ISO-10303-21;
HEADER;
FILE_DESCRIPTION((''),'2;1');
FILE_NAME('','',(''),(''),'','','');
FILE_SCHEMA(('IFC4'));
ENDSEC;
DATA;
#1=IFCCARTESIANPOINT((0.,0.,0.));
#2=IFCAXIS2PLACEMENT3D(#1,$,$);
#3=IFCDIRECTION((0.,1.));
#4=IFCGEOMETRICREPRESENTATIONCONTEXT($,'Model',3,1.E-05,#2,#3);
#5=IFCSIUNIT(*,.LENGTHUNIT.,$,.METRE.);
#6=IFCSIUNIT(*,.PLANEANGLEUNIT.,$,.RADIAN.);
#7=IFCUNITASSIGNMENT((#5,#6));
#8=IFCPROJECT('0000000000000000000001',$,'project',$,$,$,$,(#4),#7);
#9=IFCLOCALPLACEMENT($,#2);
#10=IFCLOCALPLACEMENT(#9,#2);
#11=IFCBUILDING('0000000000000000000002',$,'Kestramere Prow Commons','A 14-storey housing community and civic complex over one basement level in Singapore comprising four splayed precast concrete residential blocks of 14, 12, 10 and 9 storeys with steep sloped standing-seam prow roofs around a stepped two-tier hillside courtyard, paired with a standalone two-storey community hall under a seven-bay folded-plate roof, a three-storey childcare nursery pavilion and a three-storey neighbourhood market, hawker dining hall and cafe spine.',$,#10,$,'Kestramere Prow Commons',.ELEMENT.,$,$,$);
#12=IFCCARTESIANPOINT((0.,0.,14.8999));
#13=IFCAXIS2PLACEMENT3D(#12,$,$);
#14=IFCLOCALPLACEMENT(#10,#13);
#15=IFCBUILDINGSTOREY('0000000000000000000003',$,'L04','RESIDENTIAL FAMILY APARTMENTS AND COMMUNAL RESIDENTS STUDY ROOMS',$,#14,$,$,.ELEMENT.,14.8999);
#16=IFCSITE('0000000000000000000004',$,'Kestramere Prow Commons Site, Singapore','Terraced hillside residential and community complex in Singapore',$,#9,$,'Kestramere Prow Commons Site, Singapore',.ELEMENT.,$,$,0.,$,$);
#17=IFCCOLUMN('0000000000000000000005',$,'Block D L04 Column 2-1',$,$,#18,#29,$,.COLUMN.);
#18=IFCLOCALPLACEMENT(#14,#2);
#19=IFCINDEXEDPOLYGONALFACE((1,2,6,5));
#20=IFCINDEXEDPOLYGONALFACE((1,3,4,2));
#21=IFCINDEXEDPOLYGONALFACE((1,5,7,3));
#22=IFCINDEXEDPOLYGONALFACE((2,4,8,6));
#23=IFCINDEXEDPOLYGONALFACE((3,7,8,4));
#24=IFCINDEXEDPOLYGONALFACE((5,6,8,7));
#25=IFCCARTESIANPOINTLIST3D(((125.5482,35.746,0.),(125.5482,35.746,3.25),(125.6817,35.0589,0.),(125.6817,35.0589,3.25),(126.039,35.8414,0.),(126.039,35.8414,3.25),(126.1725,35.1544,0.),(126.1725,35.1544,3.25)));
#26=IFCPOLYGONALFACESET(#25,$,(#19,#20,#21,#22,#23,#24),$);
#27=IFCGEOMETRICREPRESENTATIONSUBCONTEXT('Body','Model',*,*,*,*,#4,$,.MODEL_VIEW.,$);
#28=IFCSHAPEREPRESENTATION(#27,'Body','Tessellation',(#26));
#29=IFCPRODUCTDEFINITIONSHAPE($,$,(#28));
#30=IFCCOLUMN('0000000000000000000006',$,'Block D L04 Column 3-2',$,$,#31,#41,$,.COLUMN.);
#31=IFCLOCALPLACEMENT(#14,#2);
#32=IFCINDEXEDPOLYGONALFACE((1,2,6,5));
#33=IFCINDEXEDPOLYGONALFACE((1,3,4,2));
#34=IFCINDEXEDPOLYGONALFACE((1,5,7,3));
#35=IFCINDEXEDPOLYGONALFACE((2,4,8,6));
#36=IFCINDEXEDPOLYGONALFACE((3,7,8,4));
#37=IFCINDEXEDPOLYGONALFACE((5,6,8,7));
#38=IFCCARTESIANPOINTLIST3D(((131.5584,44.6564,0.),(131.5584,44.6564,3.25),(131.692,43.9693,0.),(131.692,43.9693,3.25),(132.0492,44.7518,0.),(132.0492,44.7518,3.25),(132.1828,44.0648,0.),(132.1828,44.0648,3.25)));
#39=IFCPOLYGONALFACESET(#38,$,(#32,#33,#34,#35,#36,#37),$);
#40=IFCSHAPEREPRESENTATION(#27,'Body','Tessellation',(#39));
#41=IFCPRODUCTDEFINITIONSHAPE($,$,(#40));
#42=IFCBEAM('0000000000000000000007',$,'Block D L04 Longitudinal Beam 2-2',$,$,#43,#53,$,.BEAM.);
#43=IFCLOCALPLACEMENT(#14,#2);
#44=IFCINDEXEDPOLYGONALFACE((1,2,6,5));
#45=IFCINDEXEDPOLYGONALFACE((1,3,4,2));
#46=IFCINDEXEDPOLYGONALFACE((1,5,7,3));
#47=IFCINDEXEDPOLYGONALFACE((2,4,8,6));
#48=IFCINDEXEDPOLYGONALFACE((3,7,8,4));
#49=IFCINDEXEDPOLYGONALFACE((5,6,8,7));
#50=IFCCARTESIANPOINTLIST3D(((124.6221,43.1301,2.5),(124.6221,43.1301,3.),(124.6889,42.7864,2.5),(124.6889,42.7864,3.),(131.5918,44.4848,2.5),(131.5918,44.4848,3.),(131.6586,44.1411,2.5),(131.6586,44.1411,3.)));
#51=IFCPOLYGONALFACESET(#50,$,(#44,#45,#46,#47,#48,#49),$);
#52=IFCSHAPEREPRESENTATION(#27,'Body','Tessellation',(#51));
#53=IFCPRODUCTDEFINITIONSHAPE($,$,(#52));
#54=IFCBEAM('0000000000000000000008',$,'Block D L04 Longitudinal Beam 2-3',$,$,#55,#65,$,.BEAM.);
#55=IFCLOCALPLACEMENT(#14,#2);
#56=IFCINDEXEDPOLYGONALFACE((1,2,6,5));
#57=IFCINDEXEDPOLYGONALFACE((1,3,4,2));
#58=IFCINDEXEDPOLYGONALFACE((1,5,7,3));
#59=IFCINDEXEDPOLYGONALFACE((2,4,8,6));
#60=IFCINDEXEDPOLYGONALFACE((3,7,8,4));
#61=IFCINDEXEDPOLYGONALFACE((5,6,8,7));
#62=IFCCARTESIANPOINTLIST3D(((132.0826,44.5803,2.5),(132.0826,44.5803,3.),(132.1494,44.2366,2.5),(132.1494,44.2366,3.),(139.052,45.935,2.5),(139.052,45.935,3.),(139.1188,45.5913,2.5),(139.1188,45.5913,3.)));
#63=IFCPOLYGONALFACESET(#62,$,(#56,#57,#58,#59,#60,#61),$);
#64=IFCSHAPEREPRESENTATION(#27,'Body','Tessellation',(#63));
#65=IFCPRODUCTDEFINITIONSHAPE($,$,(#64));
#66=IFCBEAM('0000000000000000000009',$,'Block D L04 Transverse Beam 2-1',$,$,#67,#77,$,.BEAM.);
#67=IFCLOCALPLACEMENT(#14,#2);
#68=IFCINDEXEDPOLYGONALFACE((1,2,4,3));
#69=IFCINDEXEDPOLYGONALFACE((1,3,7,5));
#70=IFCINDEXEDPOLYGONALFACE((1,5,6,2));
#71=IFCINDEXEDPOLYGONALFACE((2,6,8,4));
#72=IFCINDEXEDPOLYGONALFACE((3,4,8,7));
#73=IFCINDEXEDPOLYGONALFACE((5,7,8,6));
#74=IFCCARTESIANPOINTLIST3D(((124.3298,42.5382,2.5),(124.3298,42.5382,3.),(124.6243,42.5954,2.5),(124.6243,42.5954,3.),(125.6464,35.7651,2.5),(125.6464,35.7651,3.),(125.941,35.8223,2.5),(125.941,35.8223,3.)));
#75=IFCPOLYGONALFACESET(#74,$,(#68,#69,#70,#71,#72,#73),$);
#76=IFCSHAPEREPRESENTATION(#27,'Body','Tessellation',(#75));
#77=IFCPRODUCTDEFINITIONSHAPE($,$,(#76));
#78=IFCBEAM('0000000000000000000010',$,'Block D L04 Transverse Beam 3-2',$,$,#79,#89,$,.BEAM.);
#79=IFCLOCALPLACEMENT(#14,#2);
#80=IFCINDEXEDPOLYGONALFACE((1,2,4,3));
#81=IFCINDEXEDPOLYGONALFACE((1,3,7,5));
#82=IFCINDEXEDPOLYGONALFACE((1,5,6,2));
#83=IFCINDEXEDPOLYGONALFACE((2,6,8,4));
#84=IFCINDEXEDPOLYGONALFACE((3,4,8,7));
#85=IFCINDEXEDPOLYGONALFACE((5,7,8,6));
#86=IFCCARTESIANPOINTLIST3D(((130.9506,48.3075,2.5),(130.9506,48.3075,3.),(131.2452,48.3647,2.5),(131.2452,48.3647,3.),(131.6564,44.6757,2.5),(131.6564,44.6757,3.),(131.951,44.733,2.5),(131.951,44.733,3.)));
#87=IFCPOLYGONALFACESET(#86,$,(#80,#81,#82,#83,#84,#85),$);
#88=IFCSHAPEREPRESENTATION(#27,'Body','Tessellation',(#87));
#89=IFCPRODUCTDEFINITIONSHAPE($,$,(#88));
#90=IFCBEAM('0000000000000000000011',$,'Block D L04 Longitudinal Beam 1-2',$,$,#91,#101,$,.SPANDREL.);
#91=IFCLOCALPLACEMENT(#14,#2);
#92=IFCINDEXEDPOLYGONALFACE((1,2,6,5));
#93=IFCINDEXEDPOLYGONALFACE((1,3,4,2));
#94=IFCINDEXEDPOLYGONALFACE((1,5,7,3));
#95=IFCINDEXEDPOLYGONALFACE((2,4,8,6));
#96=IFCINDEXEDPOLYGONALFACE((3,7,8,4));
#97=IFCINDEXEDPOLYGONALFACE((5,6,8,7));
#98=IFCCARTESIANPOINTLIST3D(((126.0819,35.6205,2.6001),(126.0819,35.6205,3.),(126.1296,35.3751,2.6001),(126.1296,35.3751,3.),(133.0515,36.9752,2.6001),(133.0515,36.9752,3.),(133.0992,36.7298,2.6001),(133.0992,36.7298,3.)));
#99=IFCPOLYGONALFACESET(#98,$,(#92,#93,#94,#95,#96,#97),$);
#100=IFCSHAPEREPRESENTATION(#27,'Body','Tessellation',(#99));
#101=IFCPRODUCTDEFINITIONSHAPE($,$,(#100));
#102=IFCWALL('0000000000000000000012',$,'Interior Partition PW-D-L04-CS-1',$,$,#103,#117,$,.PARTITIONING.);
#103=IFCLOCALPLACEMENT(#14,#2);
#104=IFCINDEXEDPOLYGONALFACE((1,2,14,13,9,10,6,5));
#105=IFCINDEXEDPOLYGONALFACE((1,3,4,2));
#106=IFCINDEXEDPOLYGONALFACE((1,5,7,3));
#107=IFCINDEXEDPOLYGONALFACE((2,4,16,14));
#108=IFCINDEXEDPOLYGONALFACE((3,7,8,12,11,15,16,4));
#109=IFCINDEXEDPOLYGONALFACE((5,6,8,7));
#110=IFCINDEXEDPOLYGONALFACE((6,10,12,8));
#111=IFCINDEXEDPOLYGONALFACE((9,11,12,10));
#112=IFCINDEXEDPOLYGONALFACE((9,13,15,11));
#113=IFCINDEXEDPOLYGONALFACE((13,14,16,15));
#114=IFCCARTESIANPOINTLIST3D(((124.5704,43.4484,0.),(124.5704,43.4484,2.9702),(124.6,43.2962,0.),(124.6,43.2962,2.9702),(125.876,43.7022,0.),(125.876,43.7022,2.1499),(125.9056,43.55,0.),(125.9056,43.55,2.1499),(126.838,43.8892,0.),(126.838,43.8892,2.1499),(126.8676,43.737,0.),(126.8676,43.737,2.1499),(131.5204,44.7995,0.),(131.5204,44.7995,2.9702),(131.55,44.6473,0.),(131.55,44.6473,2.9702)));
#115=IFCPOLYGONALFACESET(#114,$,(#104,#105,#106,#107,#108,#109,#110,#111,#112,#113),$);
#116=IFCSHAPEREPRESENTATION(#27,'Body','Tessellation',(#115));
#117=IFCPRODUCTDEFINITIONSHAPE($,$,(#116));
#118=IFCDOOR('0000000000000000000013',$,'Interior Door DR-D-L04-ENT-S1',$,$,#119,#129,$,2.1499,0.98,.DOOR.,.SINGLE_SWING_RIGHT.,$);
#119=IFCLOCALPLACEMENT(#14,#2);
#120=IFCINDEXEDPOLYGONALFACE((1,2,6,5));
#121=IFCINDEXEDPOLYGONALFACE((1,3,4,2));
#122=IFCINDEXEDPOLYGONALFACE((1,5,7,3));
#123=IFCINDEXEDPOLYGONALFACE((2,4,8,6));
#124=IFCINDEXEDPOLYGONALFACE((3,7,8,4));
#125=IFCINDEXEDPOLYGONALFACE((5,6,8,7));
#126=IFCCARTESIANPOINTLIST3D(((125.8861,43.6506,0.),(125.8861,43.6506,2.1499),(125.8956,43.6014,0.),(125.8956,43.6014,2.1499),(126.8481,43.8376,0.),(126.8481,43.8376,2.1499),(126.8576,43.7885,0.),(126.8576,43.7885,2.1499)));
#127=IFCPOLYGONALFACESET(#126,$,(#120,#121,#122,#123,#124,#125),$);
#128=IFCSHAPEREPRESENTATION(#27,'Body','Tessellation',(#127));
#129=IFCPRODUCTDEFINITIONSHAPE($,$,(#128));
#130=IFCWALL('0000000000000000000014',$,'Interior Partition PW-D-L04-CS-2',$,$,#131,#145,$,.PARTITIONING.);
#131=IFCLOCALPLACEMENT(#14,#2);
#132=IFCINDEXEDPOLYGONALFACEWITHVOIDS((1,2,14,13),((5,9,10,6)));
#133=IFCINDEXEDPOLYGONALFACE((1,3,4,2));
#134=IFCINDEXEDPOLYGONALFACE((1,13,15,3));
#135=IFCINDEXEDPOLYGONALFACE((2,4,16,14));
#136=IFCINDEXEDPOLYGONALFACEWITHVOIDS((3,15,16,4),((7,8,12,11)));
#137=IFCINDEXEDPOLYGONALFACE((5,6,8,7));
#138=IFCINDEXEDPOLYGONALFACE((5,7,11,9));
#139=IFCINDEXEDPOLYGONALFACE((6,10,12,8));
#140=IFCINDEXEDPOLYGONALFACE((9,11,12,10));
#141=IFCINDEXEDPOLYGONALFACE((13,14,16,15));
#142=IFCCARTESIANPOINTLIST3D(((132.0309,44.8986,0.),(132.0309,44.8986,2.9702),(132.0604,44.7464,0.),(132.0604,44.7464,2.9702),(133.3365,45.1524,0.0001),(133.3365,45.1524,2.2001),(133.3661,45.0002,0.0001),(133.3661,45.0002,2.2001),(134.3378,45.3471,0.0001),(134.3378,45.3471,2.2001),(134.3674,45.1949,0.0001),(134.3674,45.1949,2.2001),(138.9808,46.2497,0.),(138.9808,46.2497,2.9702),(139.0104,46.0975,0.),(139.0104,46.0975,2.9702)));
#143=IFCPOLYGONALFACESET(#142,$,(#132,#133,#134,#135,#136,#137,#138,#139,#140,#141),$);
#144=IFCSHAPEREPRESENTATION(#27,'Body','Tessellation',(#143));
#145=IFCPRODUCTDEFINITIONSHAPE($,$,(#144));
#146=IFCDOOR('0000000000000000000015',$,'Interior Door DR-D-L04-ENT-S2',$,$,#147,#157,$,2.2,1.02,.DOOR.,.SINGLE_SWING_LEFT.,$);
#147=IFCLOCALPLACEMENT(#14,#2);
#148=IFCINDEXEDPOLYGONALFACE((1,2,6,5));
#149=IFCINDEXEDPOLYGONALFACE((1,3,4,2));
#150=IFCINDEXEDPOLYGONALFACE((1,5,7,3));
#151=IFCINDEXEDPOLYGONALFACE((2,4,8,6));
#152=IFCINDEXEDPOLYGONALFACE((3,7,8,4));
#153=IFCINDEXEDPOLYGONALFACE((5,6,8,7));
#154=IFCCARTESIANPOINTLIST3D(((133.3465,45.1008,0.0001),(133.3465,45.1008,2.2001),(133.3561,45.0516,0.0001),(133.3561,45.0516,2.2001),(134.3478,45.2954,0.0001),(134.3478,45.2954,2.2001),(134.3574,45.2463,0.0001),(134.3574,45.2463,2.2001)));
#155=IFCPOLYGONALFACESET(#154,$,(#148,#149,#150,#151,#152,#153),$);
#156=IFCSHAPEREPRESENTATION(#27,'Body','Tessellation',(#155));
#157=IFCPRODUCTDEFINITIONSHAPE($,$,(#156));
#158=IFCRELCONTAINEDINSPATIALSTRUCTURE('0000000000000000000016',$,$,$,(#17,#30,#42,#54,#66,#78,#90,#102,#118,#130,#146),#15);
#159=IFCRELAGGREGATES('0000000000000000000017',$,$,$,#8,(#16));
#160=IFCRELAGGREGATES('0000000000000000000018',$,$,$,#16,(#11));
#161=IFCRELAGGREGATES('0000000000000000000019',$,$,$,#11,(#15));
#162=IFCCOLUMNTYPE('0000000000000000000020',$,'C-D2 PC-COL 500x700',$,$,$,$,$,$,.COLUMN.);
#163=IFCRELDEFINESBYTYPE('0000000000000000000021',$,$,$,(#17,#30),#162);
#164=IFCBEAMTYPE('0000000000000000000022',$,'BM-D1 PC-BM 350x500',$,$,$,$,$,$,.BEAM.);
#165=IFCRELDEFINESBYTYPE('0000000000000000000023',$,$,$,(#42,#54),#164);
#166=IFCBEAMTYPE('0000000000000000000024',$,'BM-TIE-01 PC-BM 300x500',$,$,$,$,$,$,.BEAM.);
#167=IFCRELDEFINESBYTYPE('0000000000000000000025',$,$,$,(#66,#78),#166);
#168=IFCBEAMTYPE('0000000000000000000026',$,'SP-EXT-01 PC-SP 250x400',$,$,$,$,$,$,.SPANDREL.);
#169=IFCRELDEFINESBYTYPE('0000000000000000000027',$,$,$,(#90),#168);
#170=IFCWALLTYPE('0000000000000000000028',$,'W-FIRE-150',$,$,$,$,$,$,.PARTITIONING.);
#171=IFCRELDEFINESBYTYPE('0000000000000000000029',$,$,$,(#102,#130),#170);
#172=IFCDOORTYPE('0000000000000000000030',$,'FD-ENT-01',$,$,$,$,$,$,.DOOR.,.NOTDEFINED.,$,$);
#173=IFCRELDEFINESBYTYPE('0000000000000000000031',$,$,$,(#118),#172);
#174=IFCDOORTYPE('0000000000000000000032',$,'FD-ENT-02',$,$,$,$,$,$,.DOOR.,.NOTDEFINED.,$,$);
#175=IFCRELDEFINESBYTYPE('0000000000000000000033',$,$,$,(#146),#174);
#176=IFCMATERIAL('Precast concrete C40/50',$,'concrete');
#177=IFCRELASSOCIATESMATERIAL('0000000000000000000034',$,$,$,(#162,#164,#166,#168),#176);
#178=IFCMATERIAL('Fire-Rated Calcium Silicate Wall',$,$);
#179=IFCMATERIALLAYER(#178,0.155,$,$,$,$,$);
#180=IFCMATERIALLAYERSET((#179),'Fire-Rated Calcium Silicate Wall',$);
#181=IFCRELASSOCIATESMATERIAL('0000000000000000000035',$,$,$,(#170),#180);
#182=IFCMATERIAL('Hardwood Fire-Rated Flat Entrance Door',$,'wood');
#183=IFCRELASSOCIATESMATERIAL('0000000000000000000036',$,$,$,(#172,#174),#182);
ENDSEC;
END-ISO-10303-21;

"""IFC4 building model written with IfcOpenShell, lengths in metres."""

from ifc_helpers import new_model, si_unit, direction, frame, frame_2d, origin, origin_2d, place, context, subcontext, project, spatial, rectangle, extrude, material, layer, layer_set, material_profile, profile_set, type_object, element, fill, save


model = new_model("IFC4")

# Units and contexts
model_context = context("Model", 3, precision=1e-05, world=origin(), true_north=direction((0.0, 1.0)))
body_context = subcontext(model_context, "Body", "Model", "MODEL_VIEW")
ifc_project = project(units=[si_unit("LENGTHUNIT", "METRE"), si_unit("PLANEANGLEUNIT", "RADIAN")], contexts=[model_context])

# Site, building, storey
site_placement = place(None, origin())
site = spatial("IfcSite", under=ifc_project, at=site_placement, Name="Kestramere Prow Commons Site, Singapore", Description="Terraced hillside residential and community complex in Singapore", LongName="Kestramere Prow Commons Site, Singapore", CompositionType="ELEMENT", RefElevation=0.0)
building_placement = place(site_placement, origin())
building = spatial("IfcBuilding", under=site, at=building_placement, Name="Kestramere Prow Commons", Description="A 14-storey housing community and civic complex over one basement level in Singapore comprising four splayed precast concrete residential blocks of 14, 12, 10 and 9 storeys with steep sloped standing-seam prow roofs around a stepped two-tier hillside courtyard, paired with a standalone two-storey community hall under a seven-bay folded-plate roof, a three-storey childcare nursery pavilion and a three-storey neighbourhood market, hawker dining hall and cafe spine.", LongName="Kestramere Prow Commons", CompositionType="ELEMENT")
storey_placement = place(building_placement, frame((0.0, 0.0, 14.8999)))
storey = spatial("IfcBuildingStorey", under=building, at=storey_placement, Name="L04", Description="RESIDENTIAL FAMILY APARTMENTS AND COMMUNAL RESIDENTS STUDY ROOMS", CompositionType="ELEMENT", Elevation=14.8999)

# Columns
ifc_material_1 = material(Name="Precast concrete C40/50", Category="concrete")
ifc_material_profile_1 = material_profile(ifc_material_1, rectangle(XDim=0.5, YDim=0.7, at=origin_2d()), Name="PC-COL 500x700")
ifc_profile_set_1 = profile_set([ifc_material_profile_1], Name="Precast concrete C40/50")
column_type = type_object("IfcColumnType", Name="C-D2 PC-COL 500x700", PredefinedType="COLUMN", material=ifc_profile_set_1)
for number, where, z_axis, x_axis, name in (
    (1, (125.8604, 35.4502, 0.0), (0.0, 0.0, 1.0), (0.981627, 0.190809, 0.0), "Block D L04 Column 2-1"),
    (2, (131.8706, 44.3606, 0.0), (0.0, 0.0, 1.0), (0.981627, 0.190809, 0.0), "Block D L04 Column 3-2"),
):
    element("IfcColumn", number, at=place(storey_placement, frame(where, z_axis=z_axis, x_axis=x_axis)), inside=storey, type_object=column_type, Name=name, PredefinedType="COLUMN", context=body_context, shape_type="SweptSolid", body=[
        extrude(rectangle(XDim=0.5, YDim=0.7, at=origin_2d()), origin(), (0.0, 0.0, 1.0), 3.25),
    ])

# Beams
ifc_material_profile_2 = material_profile(ifc_material_1, rectangle(XDim=0.3501, YDim=0.5, at=origin_2d()), Name="PC-BM 350x500")
ifc_profile_set_2 = profile_set([ifc_material_profile_2], Name="Precast concrete C40/50")
beam_type_1 = type_object("IfcBeamType", Name="BM-D1 PC-BM 350x500", PredefinedType="BEAM", material=ifc_profile_set_2)
beam_1_placement = place(storey_placement, frame((124.6555, 42.9583, 2.75), z_axis=(0.981628, 0.190803, 0.0), x_axis=(-0.190803, 0.981628, 0.0)))
element("IfcBeam", 3, at=beam_1_placement, inside=storey, type_object=beam_type_1, Name="Block D L04 Longitudinal Beam 2-2", PredefinedType="BEAM", context=body_context, shape_type="SweptSolid", body=[
    extrude(rectangle(XDim=0.3501, YDim=0.5, at=origin_2d()), origin(), (0.0, 0.0, 1.0), 7.1001),
])
beam_2_placement = place(storey_placement, frame((132.116, 44.4084, 2.75), z_axis=(0.981627, 0.19081, 0.0), x_axis=(-0.19081, 0.981627, 0.0)))
element("IfcBeam", 4, at=beam_2_placement, inside=storey, type_object=beam_type_1, Name="Block D L04 Longitudinal Beam 2-3", PredefinedType="BEAM", context=body_context, shape_type="SweptSolid", body=[
    extrude(rectangle(XDim=0.3501, YDim=0.5, at=origin_2d()), origin(), (0.0, 0.0, 1.0), 7.0999),
])
ifc_material_profile_3 = material_profile(ifc_material_1, rectangle(XDim=0.3, YDim=0.5, at=origin_2d()), Name="PC-BM 300x500")
ifc_profile_set_3 = profile_set([ifc_material_profile_3], Name="Precast concrete C40/50")
beam_type_2 = type_object("IfcBeamType", Name="BM-TIE-01 PC-BM 300x500", PredefinedType="BEAM", material=ifc_profile_set_3)
beam_3_placement = place(storey_placement, frame((125.7937, 35.7937, 2.75), z_axis=(-0.190819, 0.981625, 0.0), x_axis=(-0.981625, -0.190819, 0.0)))
element("IfcBeam", 5, at=beam_3_placement, inside=storey, type_object=beam_type_2, Name="Block D L04 Transverse Beam 2-1", PredefinedType="BEAM", context=body_context, shape_type="SweptSolid", body=[
    extrude(rectangle(XDim=0.3, YDim=0.5, at=origin_2d()), origin(), (0.0, 0.0, 1.0), 6.8999),
])
beam_4_placement = place(storey_placement, frame((131.8037, 44.7043, 2.75), z_axis=(-0.190771, 0.981635, 0.0), x_axis=(-0.981635, -0.190771, 0.0)))
element("IfcBeam", 6, at=beam_4_placement, inside=storey, type_object=beam_type_2, Name="Block D L04 Transverse Beam 3-2", PredefinedType="BEAM", context=body_context, shape_type="SweptSolid", body=[
    extrude(rectangle(XDim=0.3, YDim=0.5, at=origin_2d()), origin(), (0.0, 0.0, 1.0), 3.6997),
])
ifc_material_profile_4 = material_profile(ifc_material_1, rectangle(XDim=0.25, YDim=0.3999, at=origin_2d()), Name="PC-SP 250x400")
ifc_profile_set_4 = profile_set([ifc_material_profile_4], Name="Precast concrete C40/50")
beam_type_3 = type_object("IfcBeamType", Name="SP-EXT-01 PC-SP 250x400", PredefinedType="SPANDREL", material=ifc_profile_set_4)
beam_5_placement = place(storey_placement, frame((126.1057, 35.4978, 2.8), z_axis=(0.981628, 0.190803, 0.0), x_axis=(-0.190803, 0.981628, 0.0)))
element("IfcBeam", 7, at=beam_5_placement, inside=storey, type_object=beam_type_3, Name="Block D L04 Longitudinal Beam 1-2", PredefinedType="SPANDREL", context=body_context, shape_type="SweptSolid", body=[
    extrude(rectangle(XDim=0.25, YDim=0.3999, at=origin_2d()), origin(), (0.0, 0.0, 1.0), 7.1001),
])

# Walls, openings, doors
ifc_material_2 = material(Name="Fire-Rated Calcium Silicate Wall")
ifc_layer_1 = layer(ifc_material_2, 0.155)
ifc_layer_set_1 = layer_set([ifc_layer_1], Name="Fire-Rated Calcium Silicate Wall")
wall_type_1 = type_object("IfcWallType", Name="W-FIRE-150", PredefinedType="PARTITIONING", material=ifc_layer_set_1)
wall_1_placement = place(storey_placement, frame((124.5852, 43.3723, 0.0), z_axis=(0.0, 0.0, 1.0), x_axis=(0.981623, 0.190828, 0.0)))
wall_1 = element("IfcWall", 8, at=wall_1_placement, inside=storey, type_object=wall_type_1, Name="Interior Partition PW-D-L04-CS-1", PredefinedType="PARTITIONING", context=body_context, shape_type="SweptSolid", body=[
    extrude(rectangle(XDim=7.0801, YDim=0.155, at=frame_2d((3.54, 0.0))), origin(), (0.0, 0.0, 1.0), 2.9702),
])
opening_1_placement = place(wall_1_placement, frame((1.3301, 0.0, 0.0)))
opening_1 = element("IfcOpeningElement", 9, at=opening_1_placement, cuts=wall_1, PredefinedType="OPENING", context=body_context, shape_type="SweptSolid", body=[
    extrude(rectangle(XDim=0.98, YDim=2.1499, at=frame_2d((0.49, 1.075))), frame((0.0, 0.0925, 0.0), z_axis=(0.0, -1.0, 0.0), x_axis=(1.0, 0.0, 0.0)), (0.0, 0.0, 1.0), 0.1851),
])
ifc_material_3 = material(Name="Hardwood Fire-Rated Flat Entrance Door", Category="wood")
door_type_1 = type_object("IfcDoorType", Name="FD-ENT-01", OperationType="NOTDEFINED", PredefinedType="DOOR", material=ifc_material_3)
door_1_placement = place(opening_1_placement, origin())
door_1 = element("IfcDoor", 10, at=door_1_placement, inside=storey, type_object=door_type_1, Name="Interior Door DR-D-L04-ENT-S1", OperationType="SINGLE_SWING_RIGHT", OverallHeight=2.1499, OverallWidth=0.98, PredefinedType="DOOR", context=body_context, shape_type="SweptSolid", body=[
    extrude(rectangle(XDim=0.98, YDim=2.1499, at=frame_2d((0.49, 1.075))), frame((0.0, 0.0249, 0.0), z_axis=(0.0, -1.0, 0.0), x_axis=(1.0, 0.0, 0.0)), (0.0, 0.0, 1.0), 0.05),
])
fill(opening_1, door_1)
wall_2_placement = place(storey_placement, frame((132.0457, 44.8225, 0.0), z_axis=(0.0, 0.0, 1.0), x_axis=(0.981623, 0.190828, 0.0)))
wall_2 = element("IfcWall", 11, at=wall_2_placement, inside=storey, type_object=wall_type_1, Name="Interior Partition PW-D-L04-CS-2", PredefinedType="PARTITIONING", context=body_context, shape_type="SweptSolid", body=[
    extrude(rectangle(XDim=7.0801, YDim=0.155, at=frame_2d((3.54, 0.0))), origin(), (0.0, 0.0, 1.0), 2.9702),
])
opening_2_placement = place(wall_2_placement, frame((1.3301, 0.0, 0.0)))
opening_2 = element("IfcOpeningElement", 12, at=opening_2_placement, cuts=wall_2, PredefinedType="OPENING", context=body_context, shape_type="SweptSolid", body=[
    extrude(rectangle(XDim=1.02, YDim=2.2, at=frame_2d((0.51, 1.1001))), frame((0.0, 0.0925, 0.0), z_axis=(0.0, -1.0, 0.0), x_axis=(1.0, 0.0, 0.0)), (0.0, 0.0, 1.0), 0.1851),
])
door_type_2 = type_object("IfcDoorType", Name="FD-ENT-02", OperationType="NOTDEFINED", PredefinedType="DOOR", material=ifc_material_3)
door_2_placement = place(opening_2_placement, origin())
door_2 = element("IfcDoor", 13, at=door_2_placement, inside=storey, type_object=door_type_2, Name="Interior Door DR-D-L04-ENT-S2", OperationType="SINGLE_SWING_LEFT", OverallHeight=2.2, OverallWidth=1.02, PredefinedType="DOOR", context=body_context, shape_type="SweptSolid", body=[
    extrude(rectangle(XDim=1.02, YDim=2.2, at=frame_2d((0.51, 1.1001))), frame((0.0, 0.0249, 0.0), z_axis=(0.0, -1.0, 0.0), x_axis=(1.0, 0.0, 0.0)), (0.0, 0.0, 1.0), 0.05),
])
fill(opening_2, door_2)

save(model, "model.ifc")
